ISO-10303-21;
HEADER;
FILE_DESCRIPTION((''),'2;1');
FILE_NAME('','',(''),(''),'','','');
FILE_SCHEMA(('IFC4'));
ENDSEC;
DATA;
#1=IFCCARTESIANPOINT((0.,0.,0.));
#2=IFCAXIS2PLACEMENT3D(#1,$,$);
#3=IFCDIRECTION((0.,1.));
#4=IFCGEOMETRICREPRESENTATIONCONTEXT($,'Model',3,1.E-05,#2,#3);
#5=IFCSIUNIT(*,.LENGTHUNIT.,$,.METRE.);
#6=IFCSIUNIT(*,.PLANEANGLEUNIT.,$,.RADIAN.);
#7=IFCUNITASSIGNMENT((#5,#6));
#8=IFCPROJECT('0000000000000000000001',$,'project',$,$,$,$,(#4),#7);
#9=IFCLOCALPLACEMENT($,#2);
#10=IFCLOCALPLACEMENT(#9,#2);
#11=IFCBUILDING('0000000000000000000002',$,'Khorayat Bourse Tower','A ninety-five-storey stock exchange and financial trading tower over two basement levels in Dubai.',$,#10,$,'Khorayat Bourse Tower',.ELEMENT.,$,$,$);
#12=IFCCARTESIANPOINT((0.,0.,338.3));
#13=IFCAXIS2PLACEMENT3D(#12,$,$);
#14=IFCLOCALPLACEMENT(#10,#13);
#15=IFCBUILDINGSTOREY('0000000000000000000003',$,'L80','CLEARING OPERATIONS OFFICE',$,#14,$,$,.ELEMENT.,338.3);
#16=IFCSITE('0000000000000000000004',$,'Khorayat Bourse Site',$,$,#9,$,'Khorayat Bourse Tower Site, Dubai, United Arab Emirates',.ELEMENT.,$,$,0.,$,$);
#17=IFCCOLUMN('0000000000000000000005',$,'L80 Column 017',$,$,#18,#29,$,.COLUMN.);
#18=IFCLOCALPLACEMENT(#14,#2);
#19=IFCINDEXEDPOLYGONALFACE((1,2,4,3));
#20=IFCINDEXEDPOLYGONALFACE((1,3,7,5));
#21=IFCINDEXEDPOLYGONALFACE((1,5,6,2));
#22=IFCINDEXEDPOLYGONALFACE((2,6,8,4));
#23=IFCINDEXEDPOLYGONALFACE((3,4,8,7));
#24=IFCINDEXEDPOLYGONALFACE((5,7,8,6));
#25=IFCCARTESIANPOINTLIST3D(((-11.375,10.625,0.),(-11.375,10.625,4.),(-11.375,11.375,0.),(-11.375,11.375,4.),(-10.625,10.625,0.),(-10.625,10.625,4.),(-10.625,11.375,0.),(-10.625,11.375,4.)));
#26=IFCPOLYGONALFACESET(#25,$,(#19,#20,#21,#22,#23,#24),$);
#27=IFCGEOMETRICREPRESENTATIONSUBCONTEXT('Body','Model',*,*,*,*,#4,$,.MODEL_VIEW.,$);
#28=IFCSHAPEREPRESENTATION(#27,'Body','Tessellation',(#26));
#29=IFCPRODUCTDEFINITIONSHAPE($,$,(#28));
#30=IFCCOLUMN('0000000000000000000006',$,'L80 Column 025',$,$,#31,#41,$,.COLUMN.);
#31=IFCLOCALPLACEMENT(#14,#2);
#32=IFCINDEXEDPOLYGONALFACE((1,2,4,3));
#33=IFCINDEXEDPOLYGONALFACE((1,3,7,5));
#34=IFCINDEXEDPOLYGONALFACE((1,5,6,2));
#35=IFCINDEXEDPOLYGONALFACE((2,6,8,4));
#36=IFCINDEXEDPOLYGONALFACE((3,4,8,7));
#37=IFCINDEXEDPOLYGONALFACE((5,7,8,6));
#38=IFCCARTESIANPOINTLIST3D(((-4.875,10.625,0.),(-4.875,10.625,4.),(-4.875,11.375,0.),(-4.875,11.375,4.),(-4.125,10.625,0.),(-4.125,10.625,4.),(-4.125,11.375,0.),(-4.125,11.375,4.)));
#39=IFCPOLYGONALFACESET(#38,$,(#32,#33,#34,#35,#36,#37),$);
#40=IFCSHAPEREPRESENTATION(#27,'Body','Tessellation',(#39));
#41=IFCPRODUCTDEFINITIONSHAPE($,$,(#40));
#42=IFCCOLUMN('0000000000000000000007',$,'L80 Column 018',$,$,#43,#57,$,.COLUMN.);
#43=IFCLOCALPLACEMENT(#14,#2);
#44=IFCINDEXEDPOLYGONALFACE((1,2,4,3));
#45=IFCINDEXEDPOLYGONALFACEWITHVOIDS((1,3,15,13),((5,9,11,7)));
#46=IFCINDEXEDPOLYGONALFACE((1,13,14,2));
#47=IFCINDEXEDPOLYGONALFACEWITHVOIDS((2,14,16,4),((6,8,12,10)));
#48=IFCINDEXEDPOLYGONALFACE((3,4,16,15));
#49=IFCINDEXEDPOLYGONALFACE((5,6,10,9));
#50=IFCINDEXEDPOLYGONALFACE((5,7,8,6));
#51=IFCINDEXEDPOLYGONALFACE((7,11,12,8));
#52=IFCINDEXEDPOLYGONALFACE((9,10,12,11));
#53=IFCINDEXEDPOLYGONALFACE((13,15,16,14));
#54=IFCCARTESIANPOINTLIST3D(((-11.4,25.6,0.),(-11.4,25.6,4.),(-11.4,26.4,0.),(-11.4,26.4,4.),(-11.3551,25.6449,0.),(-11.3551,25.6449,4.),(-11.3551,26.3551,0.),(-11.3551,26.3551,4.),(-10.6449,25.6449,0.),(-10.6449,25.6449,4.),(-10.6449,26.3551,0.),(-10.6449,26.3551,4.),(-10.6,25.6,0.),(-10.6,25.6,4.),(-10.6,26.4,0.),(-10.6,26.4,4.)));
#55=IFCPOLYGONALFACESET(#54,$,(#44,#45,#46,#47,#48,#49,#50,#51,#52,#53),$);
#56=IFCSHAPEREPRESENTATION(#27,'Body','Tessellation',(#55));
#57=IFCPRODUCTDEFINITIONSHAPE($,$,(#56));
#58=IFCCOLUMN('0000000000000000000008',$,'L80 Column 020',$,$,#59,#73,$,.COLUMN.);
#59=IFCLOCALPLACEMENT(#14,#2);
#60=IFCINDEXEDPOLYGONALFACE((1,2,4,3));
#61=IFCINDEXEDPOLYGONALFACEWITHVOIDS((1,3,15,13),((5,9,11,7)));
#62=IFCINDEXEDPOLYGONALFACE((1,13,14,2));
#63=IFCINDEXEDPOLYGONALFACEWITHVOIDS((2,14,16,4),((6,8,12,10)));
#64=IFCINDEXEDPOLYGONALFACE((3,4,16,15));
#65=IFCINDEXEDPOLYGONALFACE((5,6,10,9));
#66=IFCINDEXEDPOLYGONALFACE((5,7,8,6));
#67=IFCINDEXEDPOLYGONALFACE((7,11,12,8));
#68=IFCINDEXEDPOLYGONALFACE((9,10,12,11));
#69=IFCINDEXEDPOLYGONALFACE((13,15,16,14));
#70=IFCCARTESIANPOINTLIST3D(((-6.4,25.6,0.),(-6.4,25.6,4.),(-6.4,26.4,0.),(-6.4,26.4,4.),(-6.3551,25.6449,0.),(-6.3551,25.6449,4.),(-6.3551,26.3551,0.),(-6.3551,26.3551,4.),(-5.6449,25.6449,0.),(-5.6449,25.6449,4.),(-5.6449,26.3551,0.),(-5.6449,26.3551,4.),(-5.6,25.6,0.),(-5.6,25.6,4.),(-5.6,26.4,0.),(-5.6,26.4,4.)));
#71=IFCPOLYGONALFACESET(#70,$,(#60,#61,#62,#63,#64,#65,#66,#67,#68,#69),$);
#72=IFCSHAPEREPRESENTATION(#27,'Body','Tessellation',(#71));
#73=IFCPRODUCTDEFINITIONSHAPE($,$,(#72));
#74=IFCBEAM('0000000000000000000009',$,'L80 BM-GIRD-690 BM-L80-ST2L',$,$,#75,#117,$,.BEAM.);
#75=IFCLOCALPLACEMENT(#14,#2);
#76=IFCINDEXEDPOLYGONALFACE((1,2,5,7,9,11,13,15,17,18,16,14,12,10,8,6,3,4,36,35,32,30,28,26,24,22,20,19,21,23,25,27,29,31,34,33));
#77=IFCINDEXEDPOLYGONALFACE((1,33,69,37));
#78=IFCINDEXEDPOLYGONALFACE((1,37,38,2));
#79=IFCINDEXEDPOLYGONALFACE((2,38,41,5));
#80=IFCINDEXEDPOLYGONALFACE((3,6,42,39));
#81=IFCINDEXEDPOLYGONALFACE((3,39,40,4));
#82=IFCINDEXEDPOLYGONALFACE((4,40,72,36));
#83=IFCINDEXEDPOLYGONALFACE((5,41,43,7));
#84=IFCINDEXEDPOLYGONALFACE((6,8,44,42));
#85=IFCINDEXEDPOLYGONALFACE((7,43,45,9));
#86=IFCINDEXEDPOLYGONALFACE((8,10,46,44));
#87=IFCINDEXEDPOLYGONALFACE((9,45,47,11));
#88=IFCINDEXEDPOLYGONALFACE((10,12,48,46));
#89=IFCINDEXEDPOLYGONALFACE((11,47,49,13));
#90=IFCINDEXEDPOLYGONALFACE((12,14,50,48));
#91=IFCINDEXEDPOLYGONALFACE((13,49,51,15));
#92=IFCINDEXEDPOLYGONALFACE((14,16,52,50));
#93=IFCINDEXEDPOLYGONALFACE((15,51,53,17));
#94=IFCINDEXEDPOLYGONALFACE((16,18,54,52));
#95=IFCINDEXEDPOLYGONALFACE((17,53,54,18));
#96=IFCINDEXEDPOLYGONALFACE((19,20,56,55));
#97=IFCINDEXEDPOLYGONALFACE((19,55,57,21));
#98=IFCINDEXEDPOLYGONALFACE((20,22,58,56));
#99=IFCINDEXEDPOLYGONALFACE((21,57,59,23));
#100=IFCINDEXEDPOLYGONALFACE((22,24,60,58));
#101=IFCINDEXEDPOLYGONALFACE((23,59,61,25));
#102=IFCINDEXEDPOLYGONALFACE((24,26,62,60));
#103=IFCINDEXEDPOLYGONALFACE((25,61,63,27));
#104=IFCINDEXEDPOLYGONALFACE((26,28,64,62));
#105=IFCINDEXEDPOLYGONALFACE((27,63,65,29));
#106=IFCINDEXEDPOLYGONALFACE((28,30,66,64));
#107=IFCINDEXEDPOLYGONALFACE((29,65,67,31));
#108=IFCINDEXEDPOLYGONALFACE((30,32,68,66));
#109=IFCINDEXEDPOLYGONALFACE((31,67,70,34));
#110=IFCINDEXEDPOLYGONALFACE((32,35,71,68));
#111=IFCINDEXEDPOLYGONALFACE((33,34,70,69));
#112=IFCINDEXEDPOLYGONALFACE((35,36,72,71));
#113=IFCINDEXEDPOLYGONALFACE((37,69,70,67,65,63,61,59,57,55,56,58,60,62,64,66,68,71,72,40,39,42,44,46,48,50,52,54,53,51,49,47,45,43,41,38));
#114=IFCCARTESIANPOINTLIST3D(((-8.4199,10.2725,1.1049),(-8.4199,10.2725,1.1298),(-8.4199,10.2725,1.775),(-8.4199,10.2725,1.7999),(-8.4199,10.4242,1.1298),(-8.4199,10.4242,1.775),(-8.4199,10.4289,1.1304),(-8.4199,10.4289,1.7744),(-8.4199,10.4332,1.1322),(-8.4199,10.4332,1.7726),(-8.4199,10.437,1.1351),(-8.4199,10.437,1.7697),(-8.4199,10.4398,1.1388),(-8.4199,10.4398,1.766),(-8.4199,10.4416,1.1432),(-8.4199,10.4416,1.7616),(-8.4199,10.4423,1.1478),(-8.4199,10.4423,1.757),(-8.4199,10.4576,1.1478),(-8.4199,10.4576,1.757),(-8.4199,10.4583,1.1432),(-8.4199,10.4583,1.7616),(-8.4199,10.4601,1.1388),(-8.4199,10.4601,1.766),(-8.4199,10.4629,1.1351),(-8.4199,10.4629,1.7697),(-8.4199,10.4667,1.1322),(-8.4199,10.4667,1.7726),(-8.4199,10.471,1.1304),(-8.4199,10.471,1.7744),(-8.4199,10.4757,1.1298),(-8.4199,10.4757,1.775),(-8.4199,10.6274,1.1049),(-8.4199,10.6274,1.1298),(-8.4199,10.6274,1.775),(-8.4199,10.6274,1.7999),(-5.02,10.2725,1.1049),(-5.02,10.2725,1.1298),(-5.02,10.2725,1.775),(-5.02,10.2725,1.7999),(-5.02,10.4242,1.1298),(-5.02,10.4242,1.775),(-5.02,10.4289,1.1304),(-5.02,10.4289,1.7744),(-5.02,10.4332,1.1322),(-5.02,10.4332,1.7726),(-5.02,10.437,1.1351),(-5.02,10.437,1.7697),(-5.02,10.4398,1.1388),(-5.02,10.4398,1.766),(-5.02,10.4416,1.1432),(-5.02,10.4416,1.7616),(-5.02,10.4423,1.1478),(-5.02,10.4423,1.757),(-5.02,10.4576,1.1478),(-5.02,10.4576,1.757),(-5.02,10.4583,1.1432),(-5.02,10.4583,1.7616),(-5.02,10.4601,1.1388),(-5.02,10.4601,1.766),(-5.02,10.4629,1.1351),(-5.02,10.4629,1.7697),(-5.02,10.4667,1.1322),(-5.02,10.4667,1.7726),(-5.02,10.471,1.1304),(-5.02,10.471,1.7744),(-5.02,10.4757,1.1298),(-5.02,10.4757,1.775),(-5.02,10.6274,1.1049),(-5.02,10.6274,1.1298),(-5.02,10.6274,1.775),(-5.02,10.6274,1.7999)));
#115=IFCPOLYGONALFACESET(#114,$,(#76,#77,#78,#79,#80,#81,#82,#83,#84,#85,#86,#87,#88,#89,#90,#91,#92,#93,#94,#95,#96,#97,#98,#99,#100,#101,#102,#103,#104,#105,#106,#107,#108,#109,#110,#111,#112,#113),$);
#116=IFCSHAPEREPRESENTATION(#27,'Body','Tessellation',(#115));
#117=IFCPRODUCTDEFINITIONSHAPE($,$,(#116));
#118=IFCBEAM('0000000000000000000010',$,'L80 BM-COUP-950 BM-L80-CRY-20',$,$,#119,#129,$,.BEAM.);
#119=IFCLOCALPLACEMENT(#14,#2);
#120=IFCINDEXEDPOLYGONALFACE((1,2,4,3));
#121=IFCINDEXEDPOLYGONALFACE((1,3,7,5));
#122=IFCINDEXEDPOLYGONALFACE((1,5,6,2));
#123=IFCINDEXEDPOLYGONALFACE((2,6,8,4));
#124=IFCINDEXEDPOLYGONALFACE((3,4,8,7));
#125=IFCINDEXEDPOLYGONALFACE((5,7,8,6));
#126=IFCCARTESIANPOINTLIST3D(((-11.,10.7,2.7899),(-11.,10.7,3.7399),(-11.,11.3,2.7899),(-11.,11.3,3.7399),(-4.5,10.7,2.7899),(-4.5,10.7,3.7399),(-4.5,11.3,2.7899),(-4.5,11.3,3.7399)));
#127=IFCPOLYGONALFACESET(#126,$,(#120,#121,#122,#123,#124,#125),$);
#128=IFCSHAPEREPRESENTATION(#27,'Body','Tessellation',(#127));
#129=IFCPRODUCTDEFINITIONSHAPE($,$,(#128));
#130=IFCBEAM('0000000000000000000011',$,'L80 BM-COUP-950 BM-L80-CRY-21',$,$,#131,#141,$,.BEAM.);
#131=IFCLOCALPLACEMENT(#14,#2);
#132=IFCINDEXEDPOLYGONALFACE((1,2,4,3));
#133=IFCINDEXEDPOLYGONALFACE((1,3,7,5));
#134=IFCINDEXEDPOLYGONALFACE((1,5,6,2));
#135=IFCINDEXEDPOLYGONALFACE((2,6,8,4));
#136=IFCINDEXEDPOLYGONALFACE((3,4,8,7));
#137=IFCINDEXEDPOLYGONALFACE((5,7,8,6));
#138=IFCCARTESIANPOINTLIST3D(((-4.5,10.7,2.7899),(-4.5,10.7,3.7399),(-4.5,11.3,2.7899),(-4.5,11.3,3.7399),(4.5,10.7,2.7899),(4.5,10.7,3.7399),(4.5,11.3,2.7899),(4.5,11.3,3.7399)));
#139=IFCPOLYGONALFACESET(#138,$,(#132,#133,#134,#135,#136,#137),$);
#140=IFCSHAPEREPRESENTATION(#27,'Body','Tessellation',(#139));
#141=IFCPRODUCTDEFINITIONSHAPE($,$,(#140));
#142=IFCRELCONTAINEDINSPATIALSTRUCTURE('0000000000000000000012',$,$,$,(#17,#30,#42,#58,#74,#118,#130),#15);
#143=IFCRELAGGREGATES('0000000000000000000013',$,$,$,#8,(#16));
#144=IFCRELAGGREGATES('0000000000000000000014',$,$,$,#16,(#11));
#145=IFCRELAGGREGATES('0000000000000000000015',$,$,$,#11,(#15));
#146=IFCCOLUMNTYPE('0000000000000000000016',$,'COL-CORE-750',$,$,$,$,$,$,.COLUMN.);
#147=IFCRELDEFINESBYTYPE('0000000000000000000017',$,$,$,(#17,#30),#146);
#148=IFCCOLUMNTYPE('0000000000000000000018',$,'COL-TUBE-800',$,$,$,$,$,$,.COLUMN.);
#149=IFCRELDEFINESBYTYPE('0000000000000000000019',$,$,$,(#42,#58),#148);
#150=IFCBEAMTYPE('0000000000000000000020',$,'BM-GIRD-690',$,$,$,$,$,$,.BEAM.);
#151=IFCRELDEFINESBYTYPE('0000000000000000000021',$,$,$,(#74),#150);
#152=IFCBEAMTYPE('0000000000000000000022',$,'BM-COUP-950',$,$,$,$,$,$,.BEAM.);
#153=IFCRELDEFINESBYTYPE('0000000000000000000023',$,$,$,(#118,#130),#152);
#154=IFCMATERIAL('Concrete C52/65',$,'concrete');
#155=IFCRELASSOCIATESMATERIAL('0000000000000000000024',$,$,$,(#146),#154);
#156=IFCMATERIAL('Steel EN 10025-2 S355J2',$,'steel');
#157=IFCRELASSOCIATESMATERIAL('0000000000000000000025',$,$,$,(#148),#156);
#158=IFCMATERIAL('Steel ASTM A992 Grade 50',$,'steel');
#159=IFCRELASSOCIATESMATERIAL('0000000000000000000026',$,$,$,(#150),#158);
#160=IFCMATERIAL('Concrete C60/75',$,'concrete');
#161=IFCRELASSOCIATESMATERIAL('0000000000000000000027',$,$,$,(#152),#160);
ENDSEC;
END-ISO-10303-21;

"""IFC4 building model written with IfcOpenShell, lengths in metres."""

from ifc_helpers import new_model, si_unit, direction, frame, origin, origin_2d, place, context, subcontext, project, spatial, rectangle, hollow_rectangle, i_section, extrude, source, transform, mapped, material, material_profile, profile_set, type_object, element, save


model = new_model("IFC4")

# Units and contexts
model_context = context("Model", 3, precision=1e-05, world=origin(), true_north=direction((0.0, 1.0)))
body_context = subcontext(model_context, "Body", "Model", "MODEL_VIEW")
ifc_project = project(units=[si_unit("LENGTHUNIT", "METRE"), si_unit("PLANEANGLEUNIT", "RADIAN")], contexts=[model_context])

# Site, building, storey
site_placement = place(None, origin())
site = spatial("IfcSite", under=ifc_project, at=site_placement, Name="Khorayat Bourse Site", LongName="Khorayat Bourse Tower Site, Dubai, United Arab Emirates", CompositionType="ELEMENT", RefElevation=0.0)
building_placement = place(site_placement, origin())
building = spatial("IfcBuilding", under=site, at=building_placement, Name="Khorayat Bourse Tower", Description="A ninety-five-storey stock exchange and financial trading tower over two basement levels in Dubai.", LongName="Khorayat Bourse Tower", CompositionType="ELEMENT")
storey_placement = place(building_placement, frame((0.0, 0.0, 338.3)))
storey = spatial("IfcBuildingStorey", under=building, at=storey_placement, Name="L80", Description="CLEARING OPERATIONS OFFICE", CompositionType="ELEMENT", Elevation=338.3)

# Columns
ifc_material_1 = material(Name="Concrete C52/65", Category="concrete")
ifc_material_profile_1 = material_profile(ifc_material_1, rectangle(XDim=0.75, YDim=0.75, at=origin_2d()), Name="RC 750x750")
ifc_profile_set_1 = profile_set([ifc_material_profile_1], Name="Concrete C52/65")
column_type_1 = type_object("IfcColumnType", Name="COL-CORE-750", PredefinedType="COLUMN", material=ifc_profile_set_1)
shared_shape_1 = source(origin(), body_context, "Body", "SweptSolid", [
    extrude(rectangle(XDim=0.75, YDim=0.75, at=origin_2d()), origin(), (0.0, 0.0, 1.0), 4.0),
])
for number, where, z_axis, x_axis, name in (
    (1, (-11.0, 11.0, 0.0), (0.0, 0.0, 1.0), (1.0, 0.0, 0.0), "L80 Column 017"),
    (2, (-4.5, 11.0, 0.0), (0.0, 0.0, 1.0), (1.0, 0.0, 0.0), "L80 Column 025"),
):
    element("IfcColumn", number, at=place(storey_placement, frame(where, z_axis=z_axis, x_axis=x_axis)), inside=storey, type_object=column_type_1, Name=name, PredefinedType="COLUMN", context=body_context, shape_type="MappedRepresentation", body=[
        mapped(shared_shape_1, transform((0.0, 0.0, 0.0), scale=1.0)),
    ])
ifc_material_2 = material(Name="Steel EN 10025-2 S355J2", Category="steel")
ifc_material_profile_2 = material_profile(ifc_material_2, hollow_rectangle(XDim=0.8, YDim=0.8, WallThickness=0.0449, at=origin_2d()), Name="BOX 800x800x45")
ifc_profile_set_2 = profile_set([ifc_material_profile_2], Name="Steel EN 10025-2 S355J2")
column_type_2 = type_object("IfcColumnType", Name="COL-TUBE-800", PredefinedType="COLUMN", material=ifc_profile_set_2)
shared_shape_2 = source(origin(), body_context, "Body", "SweptSolid", [
    extrude(hollow_rectangle(XDim=0.8, YDim=0.8, WallThickness=0.0449, at=origin_2d()), origin(), (0.0, 0.0, 1.0), 4.0),
])
for number, where, z_axis, x_axis, name in (
    (3, (-11.0, 26.0, 0.0), (0.0, 0.0, 1.0), (1.0, 0.0, 0.0), "L80 Column 018"),
    (4, (-6.0, 26.0, 0.0), (0.0, 0.0, 1.0), (1.0, 0.0, 0.0), "L80 Column 020"),
):
    element("IfcColumn", number, at=place(storey_placement, frame(where, z_axis=z_axis, x_axis=x_axis)), inside=storey, type_object=column_type_2, Name=name, PredefinedType="COLUMN", context=body_context, shape_type="MappedRepresentation", body=[
        mapped(shared_shape_2, transform((0.0, 0.0, 0.0), scale=1.0)),
    ])

# Beams
ifc_material_3 = material(Name="Steel ASTM A992 Grade 50", Category="steel")
ifc_material_profile_3 = material_profile(ifc_material_3, i_section(OverallWidth=0.355, OverallDepth=0.6951, WebThickness=0.0154, FlangeThickness=0.0249, FilletRadius=0.0181, at=origin_2d()), Name="W690X217")
ifc_profile_set_3 = profile_set([ifc_material_profile_3], Name="Steel ASTM A992 Grade 50")
beam_type_1 = type_object("IfcBeamType", Name="BM-GIRD-690", PredefinedType="BEAM", material=ifc_profile_set_3)
shared_shape_3 = source(origin(), body_context, "Body", "SweptSolid", [
    extrude(i_section(OverallWidth=0.355, OverallDepth=0.6951, WebThickness=0.0154, FlangeThickness=0.0249, FilletRadius=0.0181, at=origin_2d()), origin(), (0.0, 0.0, 1.0), 3.3999),
])
beam_1_placement = place(storey_placement, frame((-8.4199, 10.45, 1.4524), z_axis=(1.0, 0.0, 0.0), x_axis=(0.0, 1.0, 0.0)))
element("IfcBeam", 5, at=beam_1_placement, inside=storey, type_object=beam_type_1, Name="L80 BM-GIRD-690 BM-L80-ST2L", PredefinedType="BEAM", context=body_context, shape_type="MappedRepresentation", body=[
    mapped(shared_shape_3, transform((0.0, 0.0, 0.0), scale=1.0)),
])
ifc_material_4 = material(Name="Concrete C60/75", Category="concrete")
ifc_material_profile_4 = material_profile(ifc_material_4, rectangle(XDim=0.6001, YDim=0.95, at=origin_2d()), Name="RC 600x950")
ifc_profile_set_4 = profile_set([ifc_material_profile_4], Name="Concrete C60/75")
beam_type_2 = type_object("IfcBeamType", Name="BM-COUP-950", PredefinedType="BEAM", material=ifc_profile_set_4)
shared_shape_4 = source(origin(), body_context, "Body", "SweptSolid", [
    extrude(rectangle(XDim=0.6001, YDim=0.95, at=origin_2d()), origin(), (0.0, 0.0, 1.0), 6.5),
])
beam_2_placement = place(storey_placement, frame((-11.0, 11.0, 3.2649), z_axis=(1.0, 0.0, 0.0), x_axis=(0.0, 1.0, 0.0)))
element("IfcBeam", 6, at=beam_2_placement, inside=storey, type_object=beam_type_2, Name="L80 BM-COUP-950 BM-L80-CRY-20", PredefinedType="BEAM", context=body_context, shape_type="MappedRepresentation", body=[
    mapped(shared_shape_4, transform((0.0, 0.0, 0.0), scale=1.0)),
])
shared_shape_5 = source(origin(), body_context, "Body", "SweptSolid", [
    extrude(rectangle(XDim=0.6001, YDim=0.95, at=origin_2d()), origin(), (0.0, 0.0, 1.0), 9.0),
])
beam_3_placement = place(storey_placement, frame((-4.5, 11.0, 3.2649), z_axis=(1.0, 0.0, 0.0), x_axis=(0.0, 1.0, 0.0)))
element("IfcBeam", 7, at=beam_3_placement, inside=storey, type_object=beam_type_2, Name="L80 BM-COUP-950 BM-L80-CRY-21", PredefinedType="BEAM", context=body_context, shape_type="MappedRepresentation", body=[
    mapped(shared_shape_5, transform((0.0, 0.0, 0.0), scale=1.0)),
])

save(model, "model.ifc")
